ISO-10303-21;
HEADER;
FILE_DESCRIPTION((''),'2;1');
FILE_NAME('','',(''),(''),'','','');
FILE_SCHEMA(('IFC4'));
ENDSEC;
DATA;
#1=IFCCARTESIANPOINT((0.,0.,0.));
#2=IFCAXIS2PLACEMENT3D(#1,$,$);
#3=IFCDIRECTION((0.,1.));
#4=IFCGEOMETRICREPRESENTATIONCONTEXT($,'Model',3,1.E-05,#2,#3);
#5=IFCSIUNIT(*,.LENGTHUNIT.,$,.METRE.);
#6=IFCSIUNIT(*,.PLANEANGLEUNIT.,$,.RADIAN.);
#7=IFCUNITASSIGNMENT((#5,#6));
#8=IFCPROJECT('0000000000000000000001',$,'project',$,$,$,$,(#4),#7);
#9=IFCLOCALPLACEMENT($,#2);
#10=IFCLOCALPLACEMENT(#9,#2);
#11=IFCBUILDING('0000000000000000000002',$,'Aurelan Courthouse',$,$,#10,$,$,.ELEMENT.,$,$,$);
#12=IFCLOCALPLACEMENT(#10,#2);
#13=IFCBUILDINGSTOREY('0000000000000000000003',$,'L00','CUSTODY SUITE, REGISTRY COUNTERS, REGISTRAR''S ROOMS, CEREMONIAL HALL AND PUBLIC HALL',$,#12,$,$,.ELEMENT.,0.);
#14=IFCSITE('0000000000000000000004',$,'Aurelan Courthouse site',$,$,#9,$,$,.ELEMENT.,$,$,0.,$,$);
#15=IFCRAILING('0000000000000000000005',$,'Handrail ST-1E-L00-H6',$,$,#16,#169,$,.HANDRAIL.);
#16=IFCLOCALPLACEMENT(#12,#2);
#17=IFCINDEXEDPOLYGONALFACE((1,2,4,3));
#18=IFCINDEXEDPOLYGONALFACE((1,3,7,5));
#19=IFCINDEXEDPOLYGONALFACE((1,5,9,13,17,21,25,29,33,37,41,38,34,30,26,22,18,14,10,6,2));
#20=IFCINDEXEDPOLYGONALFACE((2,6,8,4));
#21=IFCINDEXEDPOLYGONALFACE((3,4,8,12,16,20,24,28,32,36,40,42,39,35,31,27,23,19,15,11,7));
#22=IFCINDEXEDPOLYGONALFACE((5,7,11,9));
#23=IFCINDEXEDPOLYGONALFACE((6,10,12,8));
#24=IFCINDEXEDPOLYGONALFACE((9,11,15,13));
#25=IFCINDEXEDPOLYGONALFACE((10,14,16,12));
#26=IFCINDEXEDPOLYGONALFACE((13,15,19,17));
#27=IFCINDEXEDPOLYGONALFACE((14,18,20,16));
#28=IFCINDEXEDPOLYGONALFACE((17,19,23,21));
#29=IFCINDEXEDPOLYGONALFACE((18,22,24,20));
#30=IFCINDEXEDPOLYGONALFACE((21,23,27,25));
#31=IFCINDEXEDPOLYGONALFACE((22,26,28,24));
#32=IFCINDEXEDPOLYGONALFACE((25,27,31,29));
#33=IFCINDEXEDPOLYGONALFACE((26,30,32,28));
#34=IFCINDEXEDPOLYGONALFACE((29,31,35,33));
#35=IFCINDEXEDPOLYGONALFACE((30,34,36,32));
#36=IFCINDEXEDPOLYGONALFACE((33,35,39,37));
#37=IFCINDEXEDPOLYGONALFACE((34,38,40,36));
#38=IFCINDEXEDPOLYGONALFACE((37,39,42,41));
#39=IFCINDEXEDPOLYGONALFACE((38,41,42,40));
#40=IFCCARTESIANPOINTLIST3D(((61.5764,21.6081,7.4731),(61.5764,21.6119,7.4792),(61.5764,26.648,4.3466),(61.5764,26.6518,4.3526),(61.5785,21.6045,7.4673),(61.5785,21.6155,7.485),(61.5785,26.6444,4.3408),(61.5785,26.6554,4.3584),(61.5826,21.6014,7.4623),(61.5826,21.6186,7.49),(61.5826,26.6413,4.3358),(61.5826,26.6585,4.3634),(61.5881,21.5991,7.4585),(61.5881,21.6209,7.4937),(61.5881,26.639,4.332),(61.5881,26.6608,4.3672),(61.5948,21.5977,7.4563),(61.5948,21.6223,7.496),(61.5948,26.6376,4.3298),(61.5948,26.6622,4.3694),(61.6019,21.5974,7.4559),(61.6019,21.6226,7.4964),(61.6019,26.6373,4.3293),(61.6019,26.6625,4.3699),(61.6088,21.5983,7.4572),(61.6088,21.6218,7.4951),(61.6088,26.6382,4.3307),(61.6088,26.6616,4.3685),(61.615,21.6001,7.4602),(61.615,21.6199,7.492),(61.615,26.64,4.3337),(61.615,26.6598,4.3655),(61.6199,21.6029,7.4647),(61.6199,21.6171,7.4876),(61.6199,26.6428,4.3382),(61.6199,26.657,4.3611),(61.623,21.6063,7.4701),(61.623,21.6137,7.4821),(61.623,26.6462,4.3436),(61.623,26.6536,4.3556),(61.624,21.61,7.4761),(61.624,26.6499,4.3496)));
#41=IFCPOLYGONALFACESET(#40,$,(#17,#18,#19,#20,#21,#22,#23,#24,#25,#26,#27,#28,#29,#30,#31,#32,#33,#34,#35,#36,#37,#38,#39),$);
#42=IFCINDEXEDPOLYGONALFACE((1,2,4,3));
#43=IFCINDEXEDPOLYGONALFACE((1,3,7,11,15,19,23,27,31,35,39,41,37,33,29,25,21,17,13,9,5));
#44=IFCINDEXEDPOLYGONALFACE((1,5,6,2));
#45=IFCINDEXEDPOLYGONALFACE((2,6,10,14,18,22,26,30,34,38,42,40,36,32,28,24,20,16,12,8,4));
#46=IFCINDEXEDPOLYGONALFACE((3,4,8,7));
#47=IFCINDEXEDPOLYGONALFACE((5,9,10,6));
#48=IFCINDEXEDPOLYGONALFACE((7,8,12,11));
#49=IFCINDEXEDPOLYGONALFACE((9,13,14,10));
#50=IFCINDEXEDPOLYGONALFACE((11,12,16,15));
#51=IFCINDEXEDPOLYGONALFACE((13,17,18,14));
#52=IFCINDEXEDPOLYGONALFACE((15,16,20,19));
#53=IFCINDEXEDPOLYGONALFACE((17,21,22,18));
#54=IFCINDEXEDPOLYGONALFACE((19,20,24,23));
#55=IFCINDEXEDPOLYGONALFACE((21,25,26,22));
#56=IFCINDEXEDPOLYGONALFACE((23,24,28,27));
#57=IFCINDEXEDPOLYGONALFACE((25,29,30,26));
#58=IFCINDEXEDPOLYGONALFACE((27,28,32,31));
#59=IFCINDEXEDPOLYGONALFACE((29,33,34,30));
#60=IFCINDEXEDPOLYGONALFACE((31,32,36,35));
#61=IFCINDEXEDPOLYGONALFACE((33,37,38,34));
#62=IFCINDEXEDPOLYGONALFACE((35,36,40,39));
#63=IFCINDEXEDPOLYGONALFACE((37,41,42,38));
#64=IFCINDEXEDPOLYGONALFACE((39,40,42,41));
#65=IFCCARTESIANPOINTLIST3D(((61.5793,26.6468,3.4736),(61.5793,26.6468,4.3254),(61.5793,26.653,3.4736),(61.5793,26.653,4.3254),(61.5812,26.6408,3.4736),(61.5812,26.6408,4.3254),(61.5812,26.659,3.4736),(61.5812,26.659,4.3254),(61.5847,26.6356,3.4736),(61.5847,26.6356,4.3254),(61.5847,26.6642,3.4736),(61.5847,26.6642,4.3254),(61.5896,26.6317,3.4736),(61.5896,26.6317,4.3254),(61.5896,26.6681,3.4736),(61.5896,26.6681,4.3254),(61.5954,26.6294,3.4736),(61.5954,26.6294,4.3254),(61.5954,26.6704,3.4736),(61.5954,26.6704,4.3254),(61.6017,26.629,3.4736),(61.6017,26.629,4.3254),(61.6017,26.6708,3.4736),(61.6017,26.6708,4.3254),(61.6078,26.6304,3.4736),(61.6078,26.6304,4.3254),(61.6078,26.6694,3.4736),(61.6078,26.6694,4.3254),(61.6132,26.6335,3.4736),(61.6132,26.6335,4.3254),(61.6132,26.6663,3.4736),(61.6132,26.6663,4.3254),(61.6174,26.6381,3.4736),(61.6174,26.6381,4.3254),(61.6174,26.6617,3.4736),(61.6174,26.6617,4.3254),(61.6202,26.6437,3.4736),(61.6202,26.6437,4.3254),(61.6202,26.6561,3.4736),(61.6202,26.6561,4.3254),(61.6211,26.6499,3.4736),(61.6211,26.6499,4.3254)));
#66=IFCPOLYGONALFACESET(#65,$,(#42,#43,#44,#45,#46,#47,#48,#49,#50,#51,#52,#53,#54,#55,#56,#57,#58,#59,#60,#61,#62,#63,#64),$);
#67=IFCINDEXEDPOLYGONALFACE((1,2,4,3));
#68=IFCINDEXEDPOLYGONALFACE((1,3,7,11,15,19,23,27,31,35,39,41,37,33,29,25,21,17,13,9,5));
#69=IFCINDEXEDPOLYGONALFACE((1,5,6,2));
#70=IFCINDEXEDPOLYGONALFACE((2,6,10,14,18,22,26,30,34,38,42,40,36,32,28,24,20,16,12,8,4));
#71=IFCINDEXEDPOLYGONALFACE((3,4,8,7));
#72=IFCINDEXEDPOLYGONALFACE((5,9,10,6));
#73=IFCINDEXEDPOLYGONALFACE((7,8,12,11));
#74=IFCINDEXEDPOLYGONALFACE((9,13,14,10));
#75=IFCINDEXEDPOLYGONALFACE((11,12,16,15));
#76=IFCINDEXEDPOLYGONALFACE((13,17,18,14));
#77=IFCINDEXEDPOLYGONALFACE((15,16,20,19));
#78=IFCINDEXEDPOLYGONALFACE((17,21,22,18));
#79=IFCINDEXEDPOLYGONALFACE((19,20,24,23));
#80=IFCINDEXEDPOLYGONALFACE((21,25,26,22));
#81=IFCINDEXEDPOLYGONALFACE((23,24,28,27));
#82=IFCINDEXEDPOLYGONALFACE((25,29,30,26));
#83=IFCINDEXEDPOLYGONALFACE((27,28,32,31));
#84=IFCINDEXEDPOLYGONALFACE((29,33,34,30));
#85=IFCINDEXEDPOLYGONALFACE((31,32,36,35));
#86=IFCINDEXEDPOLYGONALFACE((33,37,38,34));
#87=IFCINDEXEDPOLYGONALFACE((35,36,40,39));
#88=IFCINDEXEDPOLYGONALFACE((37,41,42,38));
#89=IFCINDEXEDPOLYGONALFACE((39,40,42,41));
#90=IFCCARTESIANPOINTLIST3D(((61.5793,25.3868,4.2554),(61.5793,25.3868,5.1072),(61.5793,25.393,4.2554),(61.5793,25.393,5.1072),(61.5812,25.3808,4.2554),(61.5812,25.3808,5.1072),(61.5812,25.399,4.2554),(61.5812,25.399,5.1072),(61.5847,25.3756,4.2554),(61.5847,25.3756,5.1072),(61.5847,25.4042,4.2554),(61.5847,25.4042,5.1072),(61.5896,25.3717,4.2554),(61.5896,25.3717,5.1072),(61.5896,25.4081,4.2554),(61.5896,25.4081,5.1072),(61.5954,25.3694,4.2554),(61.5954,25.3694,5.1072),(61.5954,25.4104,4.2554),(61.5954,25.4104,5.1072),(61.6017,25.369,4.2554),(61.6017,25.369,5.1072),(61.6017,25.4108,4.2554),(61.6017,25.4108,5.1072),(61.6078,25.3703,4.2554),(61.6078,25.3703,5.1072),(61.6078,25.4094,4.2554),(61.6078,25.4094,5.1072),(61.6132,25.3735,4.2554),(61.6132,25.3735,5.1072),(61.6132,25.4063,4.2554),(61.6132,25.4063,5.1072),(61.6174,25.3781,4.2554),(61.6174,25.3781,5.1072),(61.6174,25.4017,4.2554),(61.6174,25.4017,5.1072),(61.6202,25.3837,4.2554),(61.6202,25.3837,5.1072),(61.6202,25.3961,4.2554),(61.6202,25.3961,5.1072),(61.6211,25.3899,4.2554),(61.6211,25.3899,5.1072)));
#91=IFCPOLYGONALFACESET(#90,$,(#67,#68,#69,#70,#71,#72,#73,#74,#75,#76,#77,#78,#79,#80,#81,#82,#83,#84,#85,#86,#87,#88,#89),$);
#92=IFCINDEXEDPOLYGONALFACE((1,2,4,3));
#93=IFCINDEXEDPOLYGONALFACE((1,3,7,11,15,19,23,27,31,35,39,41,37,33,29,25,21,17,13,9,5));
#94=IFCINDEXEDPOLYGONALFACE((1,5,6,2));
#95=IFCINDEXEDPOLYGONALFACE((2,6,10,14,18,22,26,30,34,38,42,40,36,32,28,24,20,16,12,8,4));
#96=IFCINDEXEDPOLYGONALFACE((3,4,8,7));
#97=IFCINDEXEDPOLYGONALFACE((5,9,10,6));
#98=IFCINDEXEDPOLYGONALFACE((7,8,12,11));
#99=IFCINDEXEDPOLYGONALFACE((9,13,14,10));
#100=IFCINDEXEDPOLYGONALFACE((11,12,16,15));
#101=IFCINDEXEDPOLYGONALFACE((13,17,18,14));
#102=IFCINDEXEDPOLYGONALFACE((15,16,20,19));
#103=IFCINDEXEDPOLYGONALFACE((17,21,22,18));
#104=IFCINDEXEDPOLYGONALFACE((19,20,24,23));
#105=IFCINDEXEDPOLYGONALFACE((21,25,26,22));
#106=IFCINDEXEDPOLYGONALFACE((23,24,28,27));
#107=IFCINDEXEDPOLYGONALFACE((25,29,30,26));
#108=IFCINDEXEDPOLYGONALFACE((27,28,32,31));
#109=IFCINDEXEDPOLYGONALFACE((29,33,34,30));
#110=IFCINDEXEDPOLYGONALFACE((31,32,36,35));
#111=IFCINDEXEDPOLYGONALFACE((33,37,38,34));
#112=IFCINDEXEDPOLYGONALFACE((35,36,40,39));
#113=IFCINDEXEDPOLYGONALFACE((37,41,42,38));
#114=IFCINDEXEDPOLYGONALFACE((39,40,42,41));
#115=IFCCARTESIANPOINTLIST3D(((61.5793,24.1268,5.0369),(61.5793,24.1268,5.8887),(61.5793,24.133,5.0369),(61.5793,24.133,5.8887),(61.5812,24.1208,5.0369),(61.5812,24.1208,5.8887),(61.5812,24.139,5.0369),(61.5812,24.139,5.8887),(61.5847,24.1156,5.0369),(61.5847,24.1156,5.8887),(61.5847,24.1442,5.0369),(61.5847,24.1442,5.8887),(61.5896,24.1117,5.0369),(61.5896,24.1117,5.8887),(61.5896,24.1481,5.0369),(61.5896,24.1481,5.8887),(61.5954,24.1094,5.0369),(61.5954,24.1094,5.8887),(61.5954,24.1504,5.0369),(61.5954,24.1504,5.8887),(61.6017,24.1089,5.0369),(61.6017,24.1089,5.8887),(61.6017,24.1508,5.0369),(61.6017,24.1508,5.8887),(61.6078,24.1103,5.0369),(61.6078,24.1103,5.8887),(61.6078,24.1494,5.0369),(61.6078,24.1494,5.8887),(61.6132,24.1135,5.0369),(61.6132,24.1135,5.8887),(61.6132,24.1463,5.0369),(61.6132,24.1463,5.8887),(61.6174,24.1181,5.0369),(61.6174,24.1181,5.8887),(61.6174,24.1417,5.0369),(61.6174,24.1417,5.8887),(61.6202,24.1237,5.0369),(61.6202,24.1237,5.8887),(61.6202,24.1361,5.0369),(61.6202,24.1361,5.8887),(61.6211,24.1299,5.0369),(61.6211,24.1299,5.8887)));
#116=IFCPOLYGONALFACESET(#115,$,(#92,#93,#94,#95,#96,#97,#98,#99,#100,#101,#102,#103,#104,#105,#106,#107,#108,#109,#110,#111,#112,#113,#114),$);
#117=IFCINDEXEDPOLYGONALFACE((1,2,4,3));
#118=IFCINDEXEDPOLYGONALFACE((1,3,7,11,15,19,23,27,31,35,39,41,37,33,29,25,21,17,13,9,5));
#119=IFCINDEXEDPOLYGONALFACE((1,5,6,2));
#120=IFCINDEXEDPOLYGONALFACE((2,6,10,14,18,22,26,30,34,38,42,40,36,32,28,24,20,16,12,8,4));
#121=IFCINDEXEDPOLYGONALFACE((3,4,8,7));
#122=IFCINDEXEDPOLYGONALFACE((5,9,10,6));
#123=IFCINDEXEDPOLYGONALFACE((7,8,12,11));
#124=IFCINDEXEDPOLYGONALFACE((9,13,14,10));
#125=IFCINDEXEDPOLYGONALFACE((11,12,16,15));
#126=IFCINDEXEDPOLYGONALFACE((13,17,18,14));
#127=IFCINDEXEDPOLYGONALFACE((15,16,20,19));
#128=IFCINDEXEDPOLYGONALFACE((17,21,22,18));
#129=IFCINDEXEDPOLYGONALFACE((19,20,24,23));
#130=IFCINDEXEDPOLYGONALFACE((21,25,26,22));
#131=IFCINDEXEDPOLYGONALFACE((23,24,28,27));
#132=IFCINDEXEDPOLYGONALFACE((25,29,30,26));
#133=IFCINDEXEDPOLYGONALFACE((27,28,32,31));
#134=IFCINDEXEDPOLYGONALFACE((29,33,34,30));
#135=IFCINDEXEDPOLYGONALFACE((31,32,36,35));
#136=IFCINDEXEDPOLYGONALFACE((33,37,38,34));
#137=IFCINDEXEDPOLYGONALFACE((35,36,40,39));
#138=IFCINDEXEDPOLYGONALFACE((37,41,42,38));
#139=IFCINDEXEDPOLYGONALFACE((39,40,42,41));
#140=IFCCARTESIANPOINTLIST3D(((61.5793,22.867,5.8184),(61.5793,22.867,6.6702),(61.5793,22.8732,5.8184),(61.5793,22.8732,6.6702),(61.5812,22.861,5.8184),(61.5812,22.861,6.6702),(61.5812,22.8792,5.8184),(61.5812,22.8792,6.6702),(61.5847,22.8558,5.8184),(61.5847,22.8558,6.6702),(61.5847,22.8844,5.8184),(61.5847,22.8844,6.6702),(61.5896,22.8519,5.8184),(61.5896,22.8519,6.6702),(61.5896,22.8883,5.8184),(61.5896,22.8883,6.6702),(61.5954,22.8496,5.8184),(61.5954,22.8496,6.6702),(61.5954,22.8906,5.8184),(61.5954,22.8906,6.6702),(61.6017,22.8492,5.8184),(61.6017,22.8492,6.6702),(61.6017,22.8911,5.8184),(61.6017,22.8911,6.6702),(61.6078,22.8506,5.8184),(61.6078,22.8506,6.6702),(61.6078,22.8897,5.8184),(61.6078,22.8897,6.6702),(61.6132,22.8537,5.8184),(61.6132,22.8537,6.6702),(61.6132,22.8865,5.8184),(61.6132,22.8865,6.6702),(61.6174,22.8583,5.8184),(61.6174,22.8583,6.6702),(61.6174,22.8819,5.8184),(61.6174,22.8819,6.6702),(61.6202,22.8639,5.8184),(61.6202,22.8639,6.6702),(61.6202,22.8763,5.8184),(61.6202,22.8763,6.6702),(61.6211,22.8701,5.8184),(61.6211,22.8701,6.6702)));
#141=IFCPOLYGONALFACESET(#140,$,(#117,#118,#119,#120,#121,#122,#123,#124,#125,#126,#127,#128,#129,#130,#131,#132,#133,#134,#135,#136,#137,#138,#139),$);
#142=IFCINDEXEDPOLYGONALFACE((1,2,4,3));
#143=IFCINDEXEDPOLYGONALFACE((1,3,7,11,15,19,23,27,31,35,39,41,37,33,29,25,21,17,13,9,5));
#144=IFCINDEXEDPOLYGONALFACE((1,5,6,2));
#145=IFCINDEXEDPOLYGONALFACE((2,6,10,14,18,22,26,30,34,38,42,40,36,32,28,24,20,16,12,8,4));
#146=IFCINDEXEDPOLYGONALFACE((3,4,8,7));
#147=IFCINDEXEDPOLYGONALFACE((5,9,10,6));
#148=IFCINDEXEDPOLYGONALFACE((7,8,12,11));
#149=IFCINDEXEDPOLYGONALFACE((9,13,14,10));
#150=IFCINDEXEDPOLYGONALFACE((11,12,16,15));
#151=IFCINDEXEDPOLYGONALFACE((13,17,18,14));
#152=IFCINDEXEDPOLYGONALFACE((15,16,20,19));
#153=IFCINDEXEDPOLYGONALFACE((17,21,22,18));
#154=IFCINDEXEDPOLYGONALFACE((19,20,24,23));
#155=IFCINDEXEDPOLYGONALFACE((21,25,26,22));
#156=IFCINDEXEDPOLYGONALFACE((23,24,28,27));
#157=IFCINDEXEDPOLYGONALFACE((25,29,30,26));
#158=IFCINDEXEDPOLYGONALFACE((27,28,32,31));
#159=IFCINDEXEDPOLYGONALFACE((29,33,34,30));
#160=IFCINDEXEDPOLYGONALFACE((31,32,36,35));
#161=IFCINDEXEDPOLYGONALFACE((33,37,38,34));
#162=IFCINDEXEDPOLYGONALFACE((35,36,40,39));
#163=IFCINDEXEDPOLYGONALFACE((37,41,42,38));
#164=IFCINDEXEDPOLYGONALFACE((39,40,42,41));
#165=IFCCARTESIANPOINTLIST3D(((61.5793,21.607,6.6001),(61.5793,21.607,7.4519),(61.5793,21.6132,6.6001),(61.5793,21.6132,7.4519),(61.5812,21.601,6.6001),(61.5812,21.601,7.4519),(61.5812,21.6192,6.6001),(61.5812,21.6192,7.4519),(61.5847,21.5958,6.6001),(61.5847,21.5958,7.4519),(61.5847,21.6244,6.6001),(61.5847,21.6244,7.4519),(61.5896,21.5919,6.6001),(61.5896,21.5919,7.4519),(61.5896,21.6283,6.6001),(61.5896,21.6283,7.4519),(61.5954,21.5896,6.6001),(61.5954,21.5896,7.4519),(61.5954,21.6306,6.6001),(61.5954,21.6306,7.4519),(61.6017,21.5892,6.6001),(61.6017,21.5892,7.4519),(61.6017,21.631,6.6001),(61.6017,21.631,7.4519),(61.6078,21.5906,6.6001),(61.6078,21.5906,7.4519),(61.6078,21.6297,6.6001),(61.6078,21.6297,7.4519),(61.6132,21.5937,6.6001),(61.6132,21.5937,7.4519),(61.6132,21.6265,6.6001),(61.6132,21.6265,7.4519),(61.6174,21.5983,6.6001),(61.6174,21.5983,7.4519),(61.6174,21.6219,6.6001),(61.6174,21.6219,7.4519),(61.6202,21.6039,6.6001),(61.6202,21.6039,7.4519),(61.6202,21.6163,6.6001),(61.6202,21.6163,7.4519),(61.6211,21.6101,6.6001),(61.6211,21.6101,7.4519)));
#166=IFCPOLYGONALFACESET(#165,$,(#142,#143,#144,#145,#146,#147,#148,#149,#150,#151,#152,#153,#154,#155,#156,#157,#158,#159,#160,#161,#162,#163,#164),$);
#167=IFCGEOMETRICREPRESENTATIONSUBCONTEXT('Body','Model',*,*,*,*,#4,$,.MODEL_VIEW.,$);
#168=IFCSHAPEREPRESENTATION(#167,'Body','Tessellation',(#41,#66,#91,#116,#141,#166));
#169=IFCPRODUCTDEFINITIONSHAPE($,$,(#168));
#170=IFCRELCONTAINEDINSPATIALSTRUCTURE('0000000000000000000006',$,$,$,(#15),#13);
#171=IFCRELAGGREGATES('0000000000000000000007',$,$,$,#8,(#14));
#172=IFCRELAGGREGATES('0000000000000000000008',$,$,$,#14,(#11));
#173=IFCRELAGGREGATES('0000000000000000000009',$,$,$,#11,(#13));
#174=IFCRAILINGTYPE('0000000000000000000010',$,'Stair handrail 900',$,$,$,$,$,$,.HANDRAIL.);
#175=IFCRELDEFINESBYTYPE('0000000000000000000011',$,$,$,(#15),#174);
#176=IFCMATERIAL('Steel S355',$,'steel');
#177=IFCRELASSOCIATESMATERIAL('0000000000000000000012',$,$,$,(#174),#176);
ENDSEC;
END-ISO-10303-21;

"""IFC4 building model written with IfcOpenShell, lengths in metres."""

from ifc_helpers import new_model, si_unit, direction, frame, origin, origin_2d, place, context, subcontext, project, spatial, circle, extrude, material, type_object, element, save


model = new_model("IFC4")

# Units and contexts
model_context = context("Model", 3, precision=1e-05, world=origin(), true_north=direction((0.0, 1.0)))
body_context = subcontext(model_context, "Body", "Model", "MODEL_VIEW")
ifc_project = project(units=[si_unit("LENGTHUNIT", "METRE"), si_unit("PLANEANGLEUNIT", "RADIAN")], contexts=[model_context])

# Site, building, storey
site_placement = place(None, origin())
site = spatial("IfcSite", under=ifc_project, at=site_placement, Name="Aurelan Courthouse site", CompositionType="ELEMENT", RefElevation=0.0)
building_placement = place(site_placement, origin())
building = spatial("IfcBuilding", under=site, at=building_placement, Name="Aurelan Courthouse", CompositionType="ELEMENT")
storey_placement = place(building_placement, origin())
storey = spatial("IfcBuildingStorey", under=building, at=storey_placement, Name="L00", Description="CUSTODY SUITE, REGISTRY COUNTERS, REGISTRAR'S ROOMS, CEREMONIAL HALL AND PUBLIC HALL", CompositionType="ELEMENT", Elevation=0.0)

# Railing
ifc_material_1 = material(Name="Steel S355", Category="steel")
railing_type_1 = type_object("IfcRailingType", Name="Stair handrail 900", PredefinedType="HANDRAIL", material=ifc_material_1)
for number, where, name in (
    (1, (61.6001, 26.6499, 3.4736), "Handrail ST-1E-L00-H6"),
):
    element("IfcRailing", number, at=place(storey_placement, frame(where)), inside=storey, type_object=railing_type_1, Name=name, PredefinedType="HANDRAIL", context=body_context, shape_type="SweptSolid", body=[
        extrude(circle(Radius=0.0239, at=origin_2d()), frame((0.0, 0.0, 0.876), z_axis=(0.0, -0.849767, 0.527158), x_axis=(1.0, 0.0, 0.0)), (0.0, 0.0, 1.0), 5.9309),
        extrude(circle(Radius=0.021, at=origin_2d()), origin(), (0.0, 0.0, 1.0), 0.8518),
        extrude(circle(Radius=0.021, at=origin_2d()), frame((0.0, -1.26, 0.7817)), (0.0, 0.0, 1.0), 0.8518),
        extrude(circle(Radius=0.021, at=origin_2d()), frame((0.0, -2.52, 1.5632)), (0.0, 0.0, 1.0), 0.8518),
        extrude(circle(Radius=0.021, at=origin_2d()), frame((0.0, -3.7798, 2.3447)), (0.0, 0.0, 1.0), 0.8518),
        extrude(circle(Radius=0.021, at=origin_2d()), frame((0.0, -5.0398, 3.1265)), (0.0, 0.0, 1.0), 0.8518),
    ])

save(model, "model.ifc")
